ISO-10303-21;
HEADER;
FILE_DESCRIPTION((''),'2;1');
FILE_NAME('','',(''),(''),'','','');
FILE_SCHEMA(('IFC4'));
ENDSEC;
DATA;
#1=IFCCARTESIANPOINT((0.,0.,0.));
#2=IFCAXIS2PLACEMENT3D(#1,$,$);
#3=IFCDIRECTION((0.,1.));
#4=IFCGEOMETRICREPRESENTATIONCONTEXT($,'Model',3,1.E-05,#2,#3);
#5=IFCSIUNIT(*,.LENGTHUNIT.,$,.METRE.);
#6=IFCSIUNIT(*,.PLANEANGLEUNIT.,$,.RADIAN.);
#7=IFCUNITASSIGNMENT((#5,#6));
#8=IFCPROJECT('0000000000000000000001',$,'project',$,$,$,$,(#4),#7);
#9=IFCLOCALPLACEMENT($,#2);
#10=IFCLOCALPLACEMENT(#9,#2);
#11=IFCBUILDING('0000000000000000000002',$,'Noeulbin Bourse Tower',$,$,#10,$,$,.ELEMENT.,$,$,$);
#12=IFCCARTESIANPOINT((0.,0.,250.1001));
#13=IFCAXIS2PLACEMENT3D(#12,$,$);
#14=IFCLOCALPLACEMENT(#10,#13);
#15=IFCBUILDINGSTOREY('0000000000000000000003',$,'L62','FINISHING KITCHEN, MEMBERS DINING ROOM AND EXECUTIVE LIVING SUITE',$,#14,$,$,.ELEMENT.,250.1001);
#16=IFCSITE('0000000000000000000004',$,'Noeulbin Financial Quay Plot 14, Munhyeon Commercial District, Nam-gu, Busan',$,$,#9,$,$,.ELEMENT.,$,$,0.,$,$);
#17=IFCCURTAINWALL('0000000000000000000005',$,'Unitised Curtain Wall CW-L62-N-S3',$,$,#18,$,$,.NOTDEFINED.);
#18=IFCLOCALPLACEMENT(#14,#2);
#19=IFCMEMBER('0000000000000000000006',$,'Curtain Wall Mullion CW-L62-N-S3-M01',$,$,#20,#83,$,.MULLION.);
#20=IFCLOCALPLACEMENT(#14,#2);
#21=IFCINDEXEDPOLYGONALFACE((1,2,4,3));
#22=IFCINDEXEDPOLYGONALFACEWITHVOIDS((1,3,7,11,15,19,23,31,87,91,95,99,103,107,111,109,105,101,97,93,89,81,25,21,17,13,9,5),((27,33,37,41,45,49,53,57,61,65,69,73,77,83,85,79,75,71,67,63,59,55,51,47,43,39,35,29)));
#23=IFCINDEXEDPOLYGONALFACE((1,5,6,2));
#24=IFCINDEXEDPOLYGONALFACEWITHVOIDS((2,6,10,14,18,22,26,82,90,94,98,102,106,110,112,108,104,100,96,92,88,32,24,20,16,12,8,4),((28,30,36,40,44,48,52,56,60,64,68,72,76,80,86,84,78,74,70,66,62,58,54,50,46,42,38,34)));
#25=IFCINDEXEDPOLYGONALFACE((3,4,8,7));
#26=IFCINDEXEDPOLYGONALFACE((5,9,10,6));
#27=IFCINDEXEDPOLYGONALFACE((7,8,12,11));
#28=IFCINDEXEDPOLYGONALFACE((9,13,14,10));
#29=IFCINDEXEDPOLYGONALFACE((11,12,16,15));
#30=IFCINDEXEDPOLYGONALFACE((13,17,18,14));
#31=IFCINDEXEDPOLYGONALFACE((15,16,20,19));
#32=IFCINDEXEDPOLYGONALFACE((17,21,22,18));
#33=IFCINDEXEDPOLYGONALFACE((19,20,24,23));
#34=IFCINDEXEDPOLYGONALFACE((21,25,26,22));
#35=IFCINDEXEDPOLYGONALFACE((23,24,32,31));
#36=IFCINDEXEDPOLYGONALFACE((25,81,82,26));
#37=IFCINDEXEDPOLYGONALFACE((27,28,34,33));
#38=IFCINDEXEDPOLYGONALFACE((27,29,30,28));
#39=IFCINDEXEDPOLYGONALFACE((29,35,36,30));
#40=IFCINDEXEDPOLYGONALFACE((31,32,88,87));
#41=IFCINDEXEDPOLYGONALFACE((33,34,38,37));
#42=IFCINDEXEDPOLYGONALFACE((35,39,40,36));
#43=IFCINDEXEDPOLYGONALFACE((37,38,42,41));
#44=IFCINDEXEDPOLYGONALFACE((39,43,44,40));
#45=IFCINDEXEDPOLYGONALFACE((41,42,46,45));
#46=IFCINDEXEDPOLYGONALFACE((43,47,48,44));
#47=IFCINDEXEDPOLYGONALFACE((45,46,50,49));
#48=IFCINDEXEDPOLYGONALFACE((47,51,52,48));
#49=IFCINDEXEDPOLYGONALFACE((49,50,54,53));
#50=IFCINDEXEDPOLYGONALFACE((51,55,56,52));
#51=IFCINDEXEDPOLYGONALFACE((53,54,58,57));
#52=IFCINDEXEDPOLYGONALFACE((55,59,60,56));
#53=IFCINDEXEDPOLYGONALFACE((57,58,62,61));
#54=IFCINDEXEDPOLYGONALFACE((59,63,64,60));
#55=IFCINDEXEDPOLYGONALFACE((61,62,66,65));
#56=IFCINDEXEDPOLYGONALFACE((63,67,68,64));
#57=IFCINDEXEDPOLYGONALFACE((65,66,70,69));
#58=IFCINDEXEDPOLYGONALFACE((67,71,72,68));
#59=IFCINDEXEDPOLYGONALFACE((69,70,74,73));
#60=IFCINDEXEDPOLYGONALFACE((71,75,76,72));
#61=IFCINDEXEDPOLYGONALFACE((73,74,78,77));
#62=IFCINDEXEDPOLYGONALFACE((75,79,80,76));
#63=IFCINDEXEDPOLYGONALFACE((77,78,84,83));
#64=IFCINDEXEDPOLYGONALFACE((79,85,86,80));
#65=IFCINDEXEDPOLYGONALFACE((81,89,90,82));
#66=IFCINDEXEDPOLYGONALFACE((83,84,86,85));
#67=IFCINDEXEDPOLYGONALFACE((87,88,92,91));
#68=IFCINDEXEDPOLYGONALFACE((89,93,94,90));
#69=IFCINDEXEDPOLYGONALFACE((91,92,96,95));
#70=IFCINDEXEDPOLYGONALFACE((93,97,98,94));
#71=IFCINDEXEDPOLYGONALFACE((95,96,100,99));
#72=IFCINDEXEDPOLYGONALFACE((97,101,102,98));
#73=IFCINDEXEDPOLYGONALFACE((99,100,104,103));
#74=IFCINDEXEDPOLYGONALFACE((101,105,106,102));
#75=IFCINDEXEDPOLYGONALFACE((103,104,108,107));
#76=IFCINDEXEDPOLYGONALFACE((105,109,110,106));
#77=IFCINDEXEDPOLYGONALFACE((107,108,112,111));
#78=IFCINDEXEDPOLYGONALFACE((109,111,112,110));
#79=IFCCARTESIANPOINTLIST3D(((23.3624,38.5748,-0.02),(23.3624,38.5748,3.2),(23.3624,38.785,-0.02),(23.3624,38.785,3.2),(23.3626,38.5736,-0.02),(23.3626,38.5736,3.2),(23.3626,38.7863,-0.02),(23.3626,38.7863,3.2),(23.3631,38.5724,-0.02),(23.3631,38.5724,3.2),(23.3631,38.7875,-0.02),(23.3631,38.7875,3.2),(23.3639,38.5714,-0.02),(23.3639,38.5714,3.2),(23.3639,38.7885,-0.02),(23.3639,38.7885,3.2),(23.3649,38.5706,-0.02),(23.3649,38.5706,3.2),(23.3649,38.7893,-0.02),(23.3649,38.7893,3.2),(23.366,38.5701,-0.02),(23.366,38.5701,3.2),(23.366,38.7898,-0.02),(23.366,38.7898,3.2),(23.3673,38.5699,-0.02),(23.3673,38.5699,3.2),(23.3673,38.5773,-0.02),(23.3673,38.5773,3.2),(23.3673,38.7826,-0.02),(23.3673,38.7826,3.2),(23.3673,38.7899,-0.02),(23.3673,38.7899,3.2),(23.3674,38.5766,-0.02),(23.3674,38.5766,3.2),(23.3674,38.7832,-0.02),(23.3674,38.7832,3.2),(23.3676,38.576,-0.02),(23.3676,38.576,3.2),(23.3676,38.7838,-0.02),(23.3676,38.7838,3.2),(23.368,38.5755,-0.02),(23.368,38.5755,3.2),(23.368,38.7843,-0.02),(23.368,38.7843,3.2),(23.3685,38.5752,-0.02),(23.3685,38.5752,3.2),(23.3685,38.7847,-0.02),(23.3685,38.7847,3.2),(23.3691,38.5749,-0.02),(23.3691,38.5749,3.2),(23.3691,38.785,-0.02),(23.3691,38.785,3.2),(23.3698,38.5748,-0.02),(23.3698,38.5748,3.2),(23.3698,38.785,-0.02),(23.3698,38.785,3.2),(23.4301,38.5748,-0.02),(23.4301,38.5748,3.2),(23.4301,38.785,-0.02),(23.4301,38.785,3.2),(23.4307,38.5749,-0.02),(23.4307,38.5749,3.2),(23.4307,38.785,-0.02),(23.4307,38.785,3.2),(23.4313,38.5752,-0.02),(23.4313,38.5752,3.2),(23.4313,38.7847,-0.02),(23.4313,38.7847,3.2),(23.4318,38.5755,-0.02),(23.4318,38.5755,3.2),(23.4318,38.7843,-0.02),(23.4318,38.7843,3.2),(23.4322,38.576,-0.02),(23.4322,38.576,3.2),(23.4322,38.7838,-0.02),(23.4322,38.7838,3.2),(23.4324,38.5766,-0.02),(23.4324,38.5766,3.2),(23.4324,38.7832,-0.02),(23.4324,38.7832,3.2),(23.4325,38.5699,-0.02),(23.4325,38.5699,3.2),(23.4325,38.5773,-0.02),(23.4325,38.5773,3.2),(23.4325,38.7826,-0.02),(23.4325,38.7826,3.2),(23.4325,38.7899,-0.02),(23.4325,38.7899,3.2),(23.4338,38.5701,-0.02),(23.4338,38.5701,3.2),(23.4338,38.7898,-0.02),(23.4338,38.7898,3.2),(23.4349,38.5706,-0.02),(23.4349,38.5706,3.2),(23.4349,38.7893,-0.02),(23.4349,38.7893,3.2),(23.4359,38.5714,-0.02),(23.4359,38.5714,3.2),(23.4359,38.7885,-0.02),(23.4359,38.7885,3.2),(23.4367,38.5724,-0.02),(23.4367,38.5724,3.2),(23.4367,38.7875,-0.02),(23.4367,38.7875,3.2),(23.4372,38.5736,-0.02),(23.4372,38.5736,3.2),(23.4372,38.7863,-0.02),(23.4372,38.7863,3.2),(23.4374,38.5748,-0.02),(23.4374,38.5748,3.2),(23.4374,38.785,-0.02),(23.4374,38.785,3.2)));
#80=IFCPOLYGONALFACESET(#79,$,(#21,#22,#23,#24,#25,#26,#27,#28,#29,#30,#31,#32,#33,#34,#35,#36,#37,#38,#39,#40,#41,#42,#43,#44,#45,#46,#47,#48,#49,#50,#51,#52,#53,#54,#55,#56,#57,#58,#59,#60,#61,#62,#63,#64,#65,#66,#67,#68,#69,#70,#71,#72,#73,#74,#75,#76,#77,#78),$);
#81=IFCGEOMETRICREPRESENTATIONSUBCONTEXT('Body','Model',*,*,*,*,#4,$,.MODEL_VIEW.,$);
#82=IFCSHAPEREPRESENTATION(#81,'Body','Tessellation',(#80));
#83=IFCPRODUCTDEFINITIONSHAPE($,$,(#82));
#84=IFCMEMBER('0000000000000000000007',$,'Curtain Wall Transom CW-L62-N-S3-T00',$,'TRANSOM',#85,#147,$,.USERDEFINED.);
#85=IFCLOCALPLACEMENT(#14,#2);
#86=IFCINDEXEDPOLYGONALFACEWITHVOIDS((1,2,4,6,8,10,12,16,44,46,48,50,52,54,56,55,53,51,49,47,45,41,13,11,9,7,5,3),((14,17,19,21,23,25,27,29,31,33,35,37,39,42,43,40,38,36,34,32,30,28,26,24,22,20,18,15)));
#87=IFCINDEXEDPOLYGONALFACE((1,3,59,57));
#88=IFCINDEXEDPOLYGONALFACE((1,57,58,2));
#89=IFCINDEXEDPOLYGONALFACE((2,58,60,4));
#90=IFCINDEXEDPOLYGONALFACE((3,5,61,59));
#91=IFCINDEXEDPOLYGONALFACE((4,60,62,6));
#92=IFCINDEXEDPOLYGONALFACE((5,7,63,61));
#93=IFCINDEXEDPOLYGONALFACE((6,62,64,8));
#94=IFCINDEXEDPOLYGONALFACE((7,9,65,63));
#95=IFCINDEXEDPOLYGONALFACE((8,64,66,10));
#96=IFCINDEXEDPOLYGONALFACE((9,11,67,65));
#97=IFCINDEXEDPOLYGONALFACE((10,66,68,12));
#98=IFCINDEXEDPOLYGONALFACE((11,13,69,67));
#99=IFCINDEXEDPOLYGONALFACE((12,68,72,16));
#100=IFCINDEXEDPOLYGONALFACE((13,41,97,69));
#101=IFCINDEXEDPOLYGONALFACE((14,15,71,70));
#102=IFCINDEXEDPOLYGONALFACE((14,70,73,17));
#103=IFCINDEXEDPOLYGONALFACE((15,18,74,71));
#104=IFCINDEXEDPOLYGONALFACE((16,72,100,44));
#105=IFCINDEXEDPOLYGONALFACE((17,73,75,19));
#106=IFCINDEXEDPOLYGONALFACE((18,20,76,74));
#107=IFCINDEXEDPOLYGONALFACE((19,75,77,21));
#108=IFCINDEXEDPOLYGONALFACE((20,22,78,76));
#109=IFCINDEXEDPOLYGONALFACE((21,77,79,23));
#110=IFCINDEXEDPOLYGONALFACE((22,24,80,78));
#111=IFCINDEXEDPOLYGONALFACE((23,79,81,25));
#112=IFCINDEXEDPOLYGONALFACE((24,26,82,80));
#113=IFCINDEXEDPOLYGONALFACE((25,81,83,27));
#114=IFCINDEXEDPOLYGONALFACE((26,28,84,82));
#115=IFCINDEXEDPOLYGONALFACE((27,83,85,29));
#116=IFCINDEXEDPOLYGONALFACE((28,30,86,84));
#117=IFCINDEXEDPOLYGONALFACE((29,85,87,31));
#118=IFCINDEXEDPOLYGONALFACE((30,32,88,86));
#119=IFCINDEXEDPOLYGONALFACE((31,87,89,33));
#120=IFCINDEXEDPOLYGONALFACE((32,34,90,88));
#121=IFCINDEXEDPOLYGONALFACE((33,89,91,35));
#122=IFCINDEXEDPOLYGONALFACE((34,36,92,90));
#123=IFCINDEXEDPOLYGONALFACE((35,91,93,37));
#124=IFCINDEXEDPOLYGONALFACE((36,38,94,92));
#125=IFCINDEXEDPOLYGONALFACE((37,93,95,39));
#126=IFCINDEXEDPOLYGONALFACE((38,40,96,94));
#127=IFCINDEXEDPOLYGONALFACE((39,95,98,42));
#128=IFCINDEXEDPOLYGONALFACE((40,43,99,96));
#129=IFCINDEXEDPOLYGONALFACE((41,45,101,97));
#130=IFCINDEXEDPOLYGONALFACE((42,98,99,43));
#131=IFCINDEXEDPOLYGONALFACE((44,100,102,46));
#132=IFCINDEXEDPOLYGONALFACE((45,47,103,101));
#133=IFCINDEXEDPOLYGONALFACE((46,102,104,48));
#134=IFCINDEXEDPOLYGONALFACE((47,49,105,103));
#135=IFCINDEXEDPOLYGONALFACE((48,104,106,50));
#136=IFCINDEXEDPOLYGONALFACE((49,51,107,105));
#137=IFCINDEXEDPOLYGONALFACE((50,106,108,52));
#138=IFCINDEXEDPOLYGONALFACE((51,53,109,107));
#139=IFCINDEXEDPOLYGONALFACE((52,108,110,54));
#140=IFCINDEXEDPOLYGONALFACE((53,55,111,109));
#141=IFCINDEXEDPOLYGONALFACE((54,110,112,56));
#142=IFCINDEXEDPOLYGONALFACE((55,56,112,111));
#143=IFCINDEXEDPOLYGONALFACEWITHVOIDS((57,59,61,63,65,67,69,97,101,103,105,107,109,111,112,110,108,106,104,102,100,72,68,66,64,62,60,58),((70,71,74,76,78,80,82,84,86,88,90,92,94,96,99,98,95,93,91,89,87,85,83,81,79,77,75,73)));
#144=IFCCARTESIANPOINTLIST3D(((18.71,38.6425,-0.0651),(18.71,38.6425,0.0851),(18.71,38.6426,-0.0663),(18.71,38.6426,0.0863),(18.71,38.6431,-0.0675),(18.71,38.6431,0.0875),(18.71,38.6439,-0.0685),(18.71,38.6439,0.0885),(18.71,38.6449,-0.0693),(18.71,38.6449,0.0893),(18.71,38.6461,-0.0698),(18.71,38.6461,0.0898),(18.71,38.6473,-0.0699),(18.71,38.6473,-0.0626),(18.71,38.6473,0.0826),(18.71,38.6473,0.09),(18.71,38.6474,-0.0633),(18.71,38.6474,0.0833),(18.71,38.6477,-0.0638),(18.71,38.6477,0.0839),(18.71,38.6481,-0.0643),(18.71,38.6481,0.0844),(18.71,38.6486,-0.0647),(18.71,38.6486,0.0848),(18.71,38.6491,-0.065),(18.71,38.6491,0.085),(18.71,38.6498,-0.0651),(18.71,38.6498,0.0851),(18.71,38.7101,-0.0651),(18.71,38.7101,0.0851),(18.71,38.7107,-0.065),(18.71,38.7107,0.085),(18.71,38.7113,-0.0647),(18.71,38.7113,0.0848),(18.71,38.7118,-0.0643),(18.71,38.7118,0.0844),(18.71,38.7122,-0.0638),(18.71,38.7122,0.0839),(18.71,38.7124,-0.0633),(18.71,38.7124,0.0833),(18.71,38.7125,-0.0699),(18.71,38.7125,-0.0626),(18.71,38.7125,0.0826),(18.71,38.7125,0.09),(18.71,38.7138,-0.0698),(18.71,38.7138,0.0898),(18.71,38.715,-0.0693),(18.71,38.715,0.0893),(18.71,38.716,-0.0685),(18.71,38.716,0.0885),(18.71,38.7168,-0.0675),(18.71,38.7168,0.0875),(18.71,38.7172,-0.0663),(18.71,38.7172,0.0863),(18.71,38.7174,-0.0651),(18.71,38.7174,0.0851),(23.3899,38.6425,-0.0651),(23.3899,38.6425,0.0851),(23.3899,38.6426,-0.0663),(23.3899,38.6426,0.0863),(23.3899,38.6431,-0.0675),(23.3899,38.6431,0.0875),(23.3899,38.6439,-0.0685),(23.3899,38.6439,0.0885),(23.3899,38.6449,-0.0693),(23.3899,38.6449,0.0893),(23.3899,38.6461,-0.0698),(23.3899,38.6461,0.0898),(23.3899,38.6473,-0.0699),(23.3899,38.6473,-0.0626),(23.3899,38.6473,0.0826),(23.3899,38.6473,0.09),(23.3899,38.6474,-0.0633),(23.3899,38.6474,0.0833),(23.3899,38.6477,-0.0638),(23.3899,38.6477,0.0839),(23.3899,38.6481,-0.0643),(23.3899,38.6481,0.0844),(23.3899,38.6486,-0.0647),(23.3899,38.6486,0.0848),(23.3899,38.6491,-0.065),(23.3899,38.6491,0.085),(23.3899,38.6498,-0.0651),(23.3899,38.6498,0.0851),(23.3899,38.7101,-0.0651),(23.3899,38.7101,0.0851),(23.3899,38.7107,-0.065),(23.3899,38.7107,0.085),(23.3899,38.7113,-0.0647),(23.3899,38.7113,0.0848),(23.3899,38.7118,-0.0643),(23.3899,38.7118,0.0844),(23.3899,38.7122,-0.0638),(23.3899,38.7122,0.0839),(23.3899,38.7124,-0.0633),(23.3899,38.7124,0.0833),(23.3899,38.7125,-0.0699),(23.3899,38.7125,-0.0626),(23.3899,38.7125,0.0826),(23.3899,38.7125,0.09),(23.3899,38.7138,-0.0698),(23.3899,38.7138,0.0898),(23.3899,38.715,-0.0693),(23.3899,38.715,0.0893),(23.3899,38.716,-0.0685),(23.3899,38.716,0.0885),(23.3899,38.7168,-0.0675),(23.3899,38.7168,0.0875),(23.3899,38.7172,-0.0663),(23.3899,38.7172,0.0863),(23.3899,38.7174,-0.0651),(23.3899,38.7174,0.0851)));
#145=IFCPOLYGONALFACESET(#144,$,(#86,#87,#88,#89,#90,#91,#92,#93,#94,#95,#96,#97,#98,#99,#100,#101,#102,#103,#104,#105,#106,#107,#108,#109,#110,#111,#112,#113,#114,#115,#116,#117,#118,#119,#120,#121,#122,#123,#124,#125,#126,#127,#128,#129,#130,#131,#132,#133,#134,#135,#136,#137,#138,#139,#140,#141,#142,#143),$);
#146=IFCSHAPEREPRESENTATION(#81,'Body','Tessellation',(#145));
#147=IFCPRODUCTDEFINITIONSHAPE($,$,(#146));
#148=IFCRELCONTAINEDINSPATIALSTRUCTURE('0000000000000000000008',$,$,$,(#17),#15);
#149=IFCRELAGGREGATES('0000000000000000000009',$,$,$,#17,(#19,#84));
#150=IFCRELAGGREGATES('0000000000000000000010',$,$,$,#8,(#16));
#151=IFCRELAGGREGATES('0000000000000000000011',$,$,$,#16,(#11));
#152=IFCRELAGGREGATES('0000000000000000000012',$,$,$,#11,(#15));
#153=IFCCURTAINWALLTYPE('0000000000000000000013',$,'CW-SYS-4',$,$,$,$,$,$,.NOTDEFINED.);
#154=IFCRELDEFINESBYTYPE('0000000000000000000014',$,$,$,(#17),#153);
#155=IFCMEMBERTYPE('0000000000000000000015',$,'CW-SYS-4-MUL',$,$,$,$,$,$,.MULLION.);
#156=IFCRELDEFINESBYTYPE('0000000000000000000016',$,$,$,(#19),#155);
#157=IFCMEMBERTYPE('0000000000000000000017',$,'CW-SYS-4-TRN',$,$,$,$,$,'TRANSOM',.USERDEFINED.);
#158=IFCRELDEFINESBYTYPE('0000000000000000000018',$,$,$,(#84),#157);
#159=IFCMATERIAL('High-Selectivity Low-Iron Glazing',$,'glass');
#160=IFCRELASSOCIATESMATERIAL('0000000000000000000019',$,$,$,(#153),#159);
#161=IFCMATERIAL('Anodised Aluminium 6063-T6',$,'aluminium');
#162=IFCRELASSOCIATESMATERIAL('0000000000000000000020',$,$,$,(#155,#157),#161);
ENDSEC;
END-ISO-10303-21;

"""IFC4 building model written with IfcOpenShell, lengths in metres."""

from ifc_helpers import new_model, si_unit, direction, frame, origin, origin_2d, place, context, subcontext, project, spatial, hollow_rectangle, extrude, material, material_profile, profile_set, type_object, element, aggregate, save


model = new_model("IFC4")

# Units and contexts
model_context = context("Model", 3, precision=1e-05, world=origin(), true_north=direction((0.0, 1.0)))
body_context = subcontext(model_context, "Body", "Model", "MODEL_VIEW")
ifc_project = project(units=[si_unit("LENGTHUNIT", "METRE"), si_unit("PLANEANGLEUNIT", "RADIAN")], contexts=[model_context])

# Site, building, storey
site_placement = place(None, origin())
site = spatial("IfcSite", under=ifc_project, at=site_placement, Name="Noeulbin Financial Quay Plot 14, Munhyeon Commercial District, Nam-gu, Busan", CompositionType="ELEMENT", RefElevation=0.0)
building_placement = place(site_placement, origin())
building = spatial("IfcBuilding", under=site, at=building_placement, Name="Noeulbin Bourse Tower", CompositionType="ELEMENT")
storey_placement = place(building_placement, frame((0.0, 0.0, 250.1001)))
storey = spatial("IfcBuildingStorey", under=building, at=storey_placement, Name="L62", Description="FINISHING KITCHEN, MEMBERS DINING ROOM AND EXECUTIVE LIVING SUITE", CompositionType="ELEMENT", Elevation=250.1001)

# Curtain wall, members
ifc_material_1 = material(Name="High-Selectivity Low-Iron Glazing", Category="glass")
curtain_wall_type = type_object("IfcCurtainWallType", Name="CW-SYS-4", PredefinedType="NOTDEFINED", material=ifc_material_1)
curtain_wall_placement = place(storey_placement, origin())
curtain_wall = element("IfcCurtainWall", 1, at=curtain_wall_placement, inside=storey, type_object=curtain_wall_type, Name="Unitised Curtain Wall CW-L62-N-S3", PredefinedType="NOTDEFINED")
ifc_material_2 = material(Name="Anodised Aluminium 6063-T6", Category="aluminium")
ifc_material_profile_1 = material_profile(ifc_material_2, hollow_rectangle(XDim=0.075, YDim=0.22, WallThickness=0.0049, InnerFilletRadius=0.0024, OuterFilletRadius=0.0049, at=origin_2d()), Name="ALU-MULL-75x220x5", Category="LoadBearing")
ifc_profile_set_1 = profile_set([ifc_material_profile_1], Name="Anodised Aluminium 6063-T6")
member_type_1 = type_object("IfcMemberType", Name="CW-SYS-4-MUL", PredefinedType="MULLION", material=ifc_profile_set_1)
member_1_placement = place(storey_placement, frame((23.3999, 38.6799, -0.02), z_axis=(0.0, 0.0, 1.0), x_axis=(1.0, 0.0, 0.0)))
member_1 = element("IfcMember", 2, at=member_1_placement, type_object=member_type_1, Name="Curtain Wall Mullion CW-L62-N-S3-M01", PredefinedType="MULLION", context=body_context, shape_type="SweptSolid", body=[
    extrude(hollow_rectangle(XDim=0.075, YDim=0.22, WallThickness=0.0049, InnerFilletRadius=0.0024, OuterFilletRadius=0.0049, at=origin_2d()), origin(), (0.0, 0.0, 1.0), 3.22),
])
ifc_material_profile_2 = material_profile(ifc_material_2, hollow_rectangle(XDim=0.075, YDim=0.1599, WallThickness=0.0049, InnerFilletRadius=0.0024, OuterFilletRadius=0.0049, at=origin_2d()), Name="ALU-TRAN-75x160x5", Category="LoadBearing")
ifc_profile_set_2 = profile_set([ifc_material_profile_2], Name="Anodised Aluminium 6063-T6")
member_type_2 = type_object("IfcMemberType", Name="CW-SYS-4-TRN", ElementType="TRANSOM", PredefinedType="USERDEFINED", material=ifc_profile_set_2)
member_2_placement = place(storey_placement, frame((18.71, 38.6799, 0.01), z_axis=(1.0, 0.0, 0.0), x_axis=(0.0, 1.0, 0.0)))
member_2 = element("IfcMember", 3, at=member_2_placement, type_object=member_type_2, Name="Curtain Wall Transom CW-L62-N-S3-T00", ObjectType="TRANSOM", PredefinedType="USERDEFINED", context=body_context, shape_type="SweptSolid", body=[
    extrude(hollow_rectangle(XDim=0.075, YDim=0.1599, WallThickness=0.0049, InnerFilletRadius=0.0024, OuterFilletRadius=0.0049, at=origin_2d()), origin(), (0.0, 0.0, 1.0), 4.6799),
])
aggregate(curtain_wall, [member_1, member_2])

save(model, "model.ifc")
